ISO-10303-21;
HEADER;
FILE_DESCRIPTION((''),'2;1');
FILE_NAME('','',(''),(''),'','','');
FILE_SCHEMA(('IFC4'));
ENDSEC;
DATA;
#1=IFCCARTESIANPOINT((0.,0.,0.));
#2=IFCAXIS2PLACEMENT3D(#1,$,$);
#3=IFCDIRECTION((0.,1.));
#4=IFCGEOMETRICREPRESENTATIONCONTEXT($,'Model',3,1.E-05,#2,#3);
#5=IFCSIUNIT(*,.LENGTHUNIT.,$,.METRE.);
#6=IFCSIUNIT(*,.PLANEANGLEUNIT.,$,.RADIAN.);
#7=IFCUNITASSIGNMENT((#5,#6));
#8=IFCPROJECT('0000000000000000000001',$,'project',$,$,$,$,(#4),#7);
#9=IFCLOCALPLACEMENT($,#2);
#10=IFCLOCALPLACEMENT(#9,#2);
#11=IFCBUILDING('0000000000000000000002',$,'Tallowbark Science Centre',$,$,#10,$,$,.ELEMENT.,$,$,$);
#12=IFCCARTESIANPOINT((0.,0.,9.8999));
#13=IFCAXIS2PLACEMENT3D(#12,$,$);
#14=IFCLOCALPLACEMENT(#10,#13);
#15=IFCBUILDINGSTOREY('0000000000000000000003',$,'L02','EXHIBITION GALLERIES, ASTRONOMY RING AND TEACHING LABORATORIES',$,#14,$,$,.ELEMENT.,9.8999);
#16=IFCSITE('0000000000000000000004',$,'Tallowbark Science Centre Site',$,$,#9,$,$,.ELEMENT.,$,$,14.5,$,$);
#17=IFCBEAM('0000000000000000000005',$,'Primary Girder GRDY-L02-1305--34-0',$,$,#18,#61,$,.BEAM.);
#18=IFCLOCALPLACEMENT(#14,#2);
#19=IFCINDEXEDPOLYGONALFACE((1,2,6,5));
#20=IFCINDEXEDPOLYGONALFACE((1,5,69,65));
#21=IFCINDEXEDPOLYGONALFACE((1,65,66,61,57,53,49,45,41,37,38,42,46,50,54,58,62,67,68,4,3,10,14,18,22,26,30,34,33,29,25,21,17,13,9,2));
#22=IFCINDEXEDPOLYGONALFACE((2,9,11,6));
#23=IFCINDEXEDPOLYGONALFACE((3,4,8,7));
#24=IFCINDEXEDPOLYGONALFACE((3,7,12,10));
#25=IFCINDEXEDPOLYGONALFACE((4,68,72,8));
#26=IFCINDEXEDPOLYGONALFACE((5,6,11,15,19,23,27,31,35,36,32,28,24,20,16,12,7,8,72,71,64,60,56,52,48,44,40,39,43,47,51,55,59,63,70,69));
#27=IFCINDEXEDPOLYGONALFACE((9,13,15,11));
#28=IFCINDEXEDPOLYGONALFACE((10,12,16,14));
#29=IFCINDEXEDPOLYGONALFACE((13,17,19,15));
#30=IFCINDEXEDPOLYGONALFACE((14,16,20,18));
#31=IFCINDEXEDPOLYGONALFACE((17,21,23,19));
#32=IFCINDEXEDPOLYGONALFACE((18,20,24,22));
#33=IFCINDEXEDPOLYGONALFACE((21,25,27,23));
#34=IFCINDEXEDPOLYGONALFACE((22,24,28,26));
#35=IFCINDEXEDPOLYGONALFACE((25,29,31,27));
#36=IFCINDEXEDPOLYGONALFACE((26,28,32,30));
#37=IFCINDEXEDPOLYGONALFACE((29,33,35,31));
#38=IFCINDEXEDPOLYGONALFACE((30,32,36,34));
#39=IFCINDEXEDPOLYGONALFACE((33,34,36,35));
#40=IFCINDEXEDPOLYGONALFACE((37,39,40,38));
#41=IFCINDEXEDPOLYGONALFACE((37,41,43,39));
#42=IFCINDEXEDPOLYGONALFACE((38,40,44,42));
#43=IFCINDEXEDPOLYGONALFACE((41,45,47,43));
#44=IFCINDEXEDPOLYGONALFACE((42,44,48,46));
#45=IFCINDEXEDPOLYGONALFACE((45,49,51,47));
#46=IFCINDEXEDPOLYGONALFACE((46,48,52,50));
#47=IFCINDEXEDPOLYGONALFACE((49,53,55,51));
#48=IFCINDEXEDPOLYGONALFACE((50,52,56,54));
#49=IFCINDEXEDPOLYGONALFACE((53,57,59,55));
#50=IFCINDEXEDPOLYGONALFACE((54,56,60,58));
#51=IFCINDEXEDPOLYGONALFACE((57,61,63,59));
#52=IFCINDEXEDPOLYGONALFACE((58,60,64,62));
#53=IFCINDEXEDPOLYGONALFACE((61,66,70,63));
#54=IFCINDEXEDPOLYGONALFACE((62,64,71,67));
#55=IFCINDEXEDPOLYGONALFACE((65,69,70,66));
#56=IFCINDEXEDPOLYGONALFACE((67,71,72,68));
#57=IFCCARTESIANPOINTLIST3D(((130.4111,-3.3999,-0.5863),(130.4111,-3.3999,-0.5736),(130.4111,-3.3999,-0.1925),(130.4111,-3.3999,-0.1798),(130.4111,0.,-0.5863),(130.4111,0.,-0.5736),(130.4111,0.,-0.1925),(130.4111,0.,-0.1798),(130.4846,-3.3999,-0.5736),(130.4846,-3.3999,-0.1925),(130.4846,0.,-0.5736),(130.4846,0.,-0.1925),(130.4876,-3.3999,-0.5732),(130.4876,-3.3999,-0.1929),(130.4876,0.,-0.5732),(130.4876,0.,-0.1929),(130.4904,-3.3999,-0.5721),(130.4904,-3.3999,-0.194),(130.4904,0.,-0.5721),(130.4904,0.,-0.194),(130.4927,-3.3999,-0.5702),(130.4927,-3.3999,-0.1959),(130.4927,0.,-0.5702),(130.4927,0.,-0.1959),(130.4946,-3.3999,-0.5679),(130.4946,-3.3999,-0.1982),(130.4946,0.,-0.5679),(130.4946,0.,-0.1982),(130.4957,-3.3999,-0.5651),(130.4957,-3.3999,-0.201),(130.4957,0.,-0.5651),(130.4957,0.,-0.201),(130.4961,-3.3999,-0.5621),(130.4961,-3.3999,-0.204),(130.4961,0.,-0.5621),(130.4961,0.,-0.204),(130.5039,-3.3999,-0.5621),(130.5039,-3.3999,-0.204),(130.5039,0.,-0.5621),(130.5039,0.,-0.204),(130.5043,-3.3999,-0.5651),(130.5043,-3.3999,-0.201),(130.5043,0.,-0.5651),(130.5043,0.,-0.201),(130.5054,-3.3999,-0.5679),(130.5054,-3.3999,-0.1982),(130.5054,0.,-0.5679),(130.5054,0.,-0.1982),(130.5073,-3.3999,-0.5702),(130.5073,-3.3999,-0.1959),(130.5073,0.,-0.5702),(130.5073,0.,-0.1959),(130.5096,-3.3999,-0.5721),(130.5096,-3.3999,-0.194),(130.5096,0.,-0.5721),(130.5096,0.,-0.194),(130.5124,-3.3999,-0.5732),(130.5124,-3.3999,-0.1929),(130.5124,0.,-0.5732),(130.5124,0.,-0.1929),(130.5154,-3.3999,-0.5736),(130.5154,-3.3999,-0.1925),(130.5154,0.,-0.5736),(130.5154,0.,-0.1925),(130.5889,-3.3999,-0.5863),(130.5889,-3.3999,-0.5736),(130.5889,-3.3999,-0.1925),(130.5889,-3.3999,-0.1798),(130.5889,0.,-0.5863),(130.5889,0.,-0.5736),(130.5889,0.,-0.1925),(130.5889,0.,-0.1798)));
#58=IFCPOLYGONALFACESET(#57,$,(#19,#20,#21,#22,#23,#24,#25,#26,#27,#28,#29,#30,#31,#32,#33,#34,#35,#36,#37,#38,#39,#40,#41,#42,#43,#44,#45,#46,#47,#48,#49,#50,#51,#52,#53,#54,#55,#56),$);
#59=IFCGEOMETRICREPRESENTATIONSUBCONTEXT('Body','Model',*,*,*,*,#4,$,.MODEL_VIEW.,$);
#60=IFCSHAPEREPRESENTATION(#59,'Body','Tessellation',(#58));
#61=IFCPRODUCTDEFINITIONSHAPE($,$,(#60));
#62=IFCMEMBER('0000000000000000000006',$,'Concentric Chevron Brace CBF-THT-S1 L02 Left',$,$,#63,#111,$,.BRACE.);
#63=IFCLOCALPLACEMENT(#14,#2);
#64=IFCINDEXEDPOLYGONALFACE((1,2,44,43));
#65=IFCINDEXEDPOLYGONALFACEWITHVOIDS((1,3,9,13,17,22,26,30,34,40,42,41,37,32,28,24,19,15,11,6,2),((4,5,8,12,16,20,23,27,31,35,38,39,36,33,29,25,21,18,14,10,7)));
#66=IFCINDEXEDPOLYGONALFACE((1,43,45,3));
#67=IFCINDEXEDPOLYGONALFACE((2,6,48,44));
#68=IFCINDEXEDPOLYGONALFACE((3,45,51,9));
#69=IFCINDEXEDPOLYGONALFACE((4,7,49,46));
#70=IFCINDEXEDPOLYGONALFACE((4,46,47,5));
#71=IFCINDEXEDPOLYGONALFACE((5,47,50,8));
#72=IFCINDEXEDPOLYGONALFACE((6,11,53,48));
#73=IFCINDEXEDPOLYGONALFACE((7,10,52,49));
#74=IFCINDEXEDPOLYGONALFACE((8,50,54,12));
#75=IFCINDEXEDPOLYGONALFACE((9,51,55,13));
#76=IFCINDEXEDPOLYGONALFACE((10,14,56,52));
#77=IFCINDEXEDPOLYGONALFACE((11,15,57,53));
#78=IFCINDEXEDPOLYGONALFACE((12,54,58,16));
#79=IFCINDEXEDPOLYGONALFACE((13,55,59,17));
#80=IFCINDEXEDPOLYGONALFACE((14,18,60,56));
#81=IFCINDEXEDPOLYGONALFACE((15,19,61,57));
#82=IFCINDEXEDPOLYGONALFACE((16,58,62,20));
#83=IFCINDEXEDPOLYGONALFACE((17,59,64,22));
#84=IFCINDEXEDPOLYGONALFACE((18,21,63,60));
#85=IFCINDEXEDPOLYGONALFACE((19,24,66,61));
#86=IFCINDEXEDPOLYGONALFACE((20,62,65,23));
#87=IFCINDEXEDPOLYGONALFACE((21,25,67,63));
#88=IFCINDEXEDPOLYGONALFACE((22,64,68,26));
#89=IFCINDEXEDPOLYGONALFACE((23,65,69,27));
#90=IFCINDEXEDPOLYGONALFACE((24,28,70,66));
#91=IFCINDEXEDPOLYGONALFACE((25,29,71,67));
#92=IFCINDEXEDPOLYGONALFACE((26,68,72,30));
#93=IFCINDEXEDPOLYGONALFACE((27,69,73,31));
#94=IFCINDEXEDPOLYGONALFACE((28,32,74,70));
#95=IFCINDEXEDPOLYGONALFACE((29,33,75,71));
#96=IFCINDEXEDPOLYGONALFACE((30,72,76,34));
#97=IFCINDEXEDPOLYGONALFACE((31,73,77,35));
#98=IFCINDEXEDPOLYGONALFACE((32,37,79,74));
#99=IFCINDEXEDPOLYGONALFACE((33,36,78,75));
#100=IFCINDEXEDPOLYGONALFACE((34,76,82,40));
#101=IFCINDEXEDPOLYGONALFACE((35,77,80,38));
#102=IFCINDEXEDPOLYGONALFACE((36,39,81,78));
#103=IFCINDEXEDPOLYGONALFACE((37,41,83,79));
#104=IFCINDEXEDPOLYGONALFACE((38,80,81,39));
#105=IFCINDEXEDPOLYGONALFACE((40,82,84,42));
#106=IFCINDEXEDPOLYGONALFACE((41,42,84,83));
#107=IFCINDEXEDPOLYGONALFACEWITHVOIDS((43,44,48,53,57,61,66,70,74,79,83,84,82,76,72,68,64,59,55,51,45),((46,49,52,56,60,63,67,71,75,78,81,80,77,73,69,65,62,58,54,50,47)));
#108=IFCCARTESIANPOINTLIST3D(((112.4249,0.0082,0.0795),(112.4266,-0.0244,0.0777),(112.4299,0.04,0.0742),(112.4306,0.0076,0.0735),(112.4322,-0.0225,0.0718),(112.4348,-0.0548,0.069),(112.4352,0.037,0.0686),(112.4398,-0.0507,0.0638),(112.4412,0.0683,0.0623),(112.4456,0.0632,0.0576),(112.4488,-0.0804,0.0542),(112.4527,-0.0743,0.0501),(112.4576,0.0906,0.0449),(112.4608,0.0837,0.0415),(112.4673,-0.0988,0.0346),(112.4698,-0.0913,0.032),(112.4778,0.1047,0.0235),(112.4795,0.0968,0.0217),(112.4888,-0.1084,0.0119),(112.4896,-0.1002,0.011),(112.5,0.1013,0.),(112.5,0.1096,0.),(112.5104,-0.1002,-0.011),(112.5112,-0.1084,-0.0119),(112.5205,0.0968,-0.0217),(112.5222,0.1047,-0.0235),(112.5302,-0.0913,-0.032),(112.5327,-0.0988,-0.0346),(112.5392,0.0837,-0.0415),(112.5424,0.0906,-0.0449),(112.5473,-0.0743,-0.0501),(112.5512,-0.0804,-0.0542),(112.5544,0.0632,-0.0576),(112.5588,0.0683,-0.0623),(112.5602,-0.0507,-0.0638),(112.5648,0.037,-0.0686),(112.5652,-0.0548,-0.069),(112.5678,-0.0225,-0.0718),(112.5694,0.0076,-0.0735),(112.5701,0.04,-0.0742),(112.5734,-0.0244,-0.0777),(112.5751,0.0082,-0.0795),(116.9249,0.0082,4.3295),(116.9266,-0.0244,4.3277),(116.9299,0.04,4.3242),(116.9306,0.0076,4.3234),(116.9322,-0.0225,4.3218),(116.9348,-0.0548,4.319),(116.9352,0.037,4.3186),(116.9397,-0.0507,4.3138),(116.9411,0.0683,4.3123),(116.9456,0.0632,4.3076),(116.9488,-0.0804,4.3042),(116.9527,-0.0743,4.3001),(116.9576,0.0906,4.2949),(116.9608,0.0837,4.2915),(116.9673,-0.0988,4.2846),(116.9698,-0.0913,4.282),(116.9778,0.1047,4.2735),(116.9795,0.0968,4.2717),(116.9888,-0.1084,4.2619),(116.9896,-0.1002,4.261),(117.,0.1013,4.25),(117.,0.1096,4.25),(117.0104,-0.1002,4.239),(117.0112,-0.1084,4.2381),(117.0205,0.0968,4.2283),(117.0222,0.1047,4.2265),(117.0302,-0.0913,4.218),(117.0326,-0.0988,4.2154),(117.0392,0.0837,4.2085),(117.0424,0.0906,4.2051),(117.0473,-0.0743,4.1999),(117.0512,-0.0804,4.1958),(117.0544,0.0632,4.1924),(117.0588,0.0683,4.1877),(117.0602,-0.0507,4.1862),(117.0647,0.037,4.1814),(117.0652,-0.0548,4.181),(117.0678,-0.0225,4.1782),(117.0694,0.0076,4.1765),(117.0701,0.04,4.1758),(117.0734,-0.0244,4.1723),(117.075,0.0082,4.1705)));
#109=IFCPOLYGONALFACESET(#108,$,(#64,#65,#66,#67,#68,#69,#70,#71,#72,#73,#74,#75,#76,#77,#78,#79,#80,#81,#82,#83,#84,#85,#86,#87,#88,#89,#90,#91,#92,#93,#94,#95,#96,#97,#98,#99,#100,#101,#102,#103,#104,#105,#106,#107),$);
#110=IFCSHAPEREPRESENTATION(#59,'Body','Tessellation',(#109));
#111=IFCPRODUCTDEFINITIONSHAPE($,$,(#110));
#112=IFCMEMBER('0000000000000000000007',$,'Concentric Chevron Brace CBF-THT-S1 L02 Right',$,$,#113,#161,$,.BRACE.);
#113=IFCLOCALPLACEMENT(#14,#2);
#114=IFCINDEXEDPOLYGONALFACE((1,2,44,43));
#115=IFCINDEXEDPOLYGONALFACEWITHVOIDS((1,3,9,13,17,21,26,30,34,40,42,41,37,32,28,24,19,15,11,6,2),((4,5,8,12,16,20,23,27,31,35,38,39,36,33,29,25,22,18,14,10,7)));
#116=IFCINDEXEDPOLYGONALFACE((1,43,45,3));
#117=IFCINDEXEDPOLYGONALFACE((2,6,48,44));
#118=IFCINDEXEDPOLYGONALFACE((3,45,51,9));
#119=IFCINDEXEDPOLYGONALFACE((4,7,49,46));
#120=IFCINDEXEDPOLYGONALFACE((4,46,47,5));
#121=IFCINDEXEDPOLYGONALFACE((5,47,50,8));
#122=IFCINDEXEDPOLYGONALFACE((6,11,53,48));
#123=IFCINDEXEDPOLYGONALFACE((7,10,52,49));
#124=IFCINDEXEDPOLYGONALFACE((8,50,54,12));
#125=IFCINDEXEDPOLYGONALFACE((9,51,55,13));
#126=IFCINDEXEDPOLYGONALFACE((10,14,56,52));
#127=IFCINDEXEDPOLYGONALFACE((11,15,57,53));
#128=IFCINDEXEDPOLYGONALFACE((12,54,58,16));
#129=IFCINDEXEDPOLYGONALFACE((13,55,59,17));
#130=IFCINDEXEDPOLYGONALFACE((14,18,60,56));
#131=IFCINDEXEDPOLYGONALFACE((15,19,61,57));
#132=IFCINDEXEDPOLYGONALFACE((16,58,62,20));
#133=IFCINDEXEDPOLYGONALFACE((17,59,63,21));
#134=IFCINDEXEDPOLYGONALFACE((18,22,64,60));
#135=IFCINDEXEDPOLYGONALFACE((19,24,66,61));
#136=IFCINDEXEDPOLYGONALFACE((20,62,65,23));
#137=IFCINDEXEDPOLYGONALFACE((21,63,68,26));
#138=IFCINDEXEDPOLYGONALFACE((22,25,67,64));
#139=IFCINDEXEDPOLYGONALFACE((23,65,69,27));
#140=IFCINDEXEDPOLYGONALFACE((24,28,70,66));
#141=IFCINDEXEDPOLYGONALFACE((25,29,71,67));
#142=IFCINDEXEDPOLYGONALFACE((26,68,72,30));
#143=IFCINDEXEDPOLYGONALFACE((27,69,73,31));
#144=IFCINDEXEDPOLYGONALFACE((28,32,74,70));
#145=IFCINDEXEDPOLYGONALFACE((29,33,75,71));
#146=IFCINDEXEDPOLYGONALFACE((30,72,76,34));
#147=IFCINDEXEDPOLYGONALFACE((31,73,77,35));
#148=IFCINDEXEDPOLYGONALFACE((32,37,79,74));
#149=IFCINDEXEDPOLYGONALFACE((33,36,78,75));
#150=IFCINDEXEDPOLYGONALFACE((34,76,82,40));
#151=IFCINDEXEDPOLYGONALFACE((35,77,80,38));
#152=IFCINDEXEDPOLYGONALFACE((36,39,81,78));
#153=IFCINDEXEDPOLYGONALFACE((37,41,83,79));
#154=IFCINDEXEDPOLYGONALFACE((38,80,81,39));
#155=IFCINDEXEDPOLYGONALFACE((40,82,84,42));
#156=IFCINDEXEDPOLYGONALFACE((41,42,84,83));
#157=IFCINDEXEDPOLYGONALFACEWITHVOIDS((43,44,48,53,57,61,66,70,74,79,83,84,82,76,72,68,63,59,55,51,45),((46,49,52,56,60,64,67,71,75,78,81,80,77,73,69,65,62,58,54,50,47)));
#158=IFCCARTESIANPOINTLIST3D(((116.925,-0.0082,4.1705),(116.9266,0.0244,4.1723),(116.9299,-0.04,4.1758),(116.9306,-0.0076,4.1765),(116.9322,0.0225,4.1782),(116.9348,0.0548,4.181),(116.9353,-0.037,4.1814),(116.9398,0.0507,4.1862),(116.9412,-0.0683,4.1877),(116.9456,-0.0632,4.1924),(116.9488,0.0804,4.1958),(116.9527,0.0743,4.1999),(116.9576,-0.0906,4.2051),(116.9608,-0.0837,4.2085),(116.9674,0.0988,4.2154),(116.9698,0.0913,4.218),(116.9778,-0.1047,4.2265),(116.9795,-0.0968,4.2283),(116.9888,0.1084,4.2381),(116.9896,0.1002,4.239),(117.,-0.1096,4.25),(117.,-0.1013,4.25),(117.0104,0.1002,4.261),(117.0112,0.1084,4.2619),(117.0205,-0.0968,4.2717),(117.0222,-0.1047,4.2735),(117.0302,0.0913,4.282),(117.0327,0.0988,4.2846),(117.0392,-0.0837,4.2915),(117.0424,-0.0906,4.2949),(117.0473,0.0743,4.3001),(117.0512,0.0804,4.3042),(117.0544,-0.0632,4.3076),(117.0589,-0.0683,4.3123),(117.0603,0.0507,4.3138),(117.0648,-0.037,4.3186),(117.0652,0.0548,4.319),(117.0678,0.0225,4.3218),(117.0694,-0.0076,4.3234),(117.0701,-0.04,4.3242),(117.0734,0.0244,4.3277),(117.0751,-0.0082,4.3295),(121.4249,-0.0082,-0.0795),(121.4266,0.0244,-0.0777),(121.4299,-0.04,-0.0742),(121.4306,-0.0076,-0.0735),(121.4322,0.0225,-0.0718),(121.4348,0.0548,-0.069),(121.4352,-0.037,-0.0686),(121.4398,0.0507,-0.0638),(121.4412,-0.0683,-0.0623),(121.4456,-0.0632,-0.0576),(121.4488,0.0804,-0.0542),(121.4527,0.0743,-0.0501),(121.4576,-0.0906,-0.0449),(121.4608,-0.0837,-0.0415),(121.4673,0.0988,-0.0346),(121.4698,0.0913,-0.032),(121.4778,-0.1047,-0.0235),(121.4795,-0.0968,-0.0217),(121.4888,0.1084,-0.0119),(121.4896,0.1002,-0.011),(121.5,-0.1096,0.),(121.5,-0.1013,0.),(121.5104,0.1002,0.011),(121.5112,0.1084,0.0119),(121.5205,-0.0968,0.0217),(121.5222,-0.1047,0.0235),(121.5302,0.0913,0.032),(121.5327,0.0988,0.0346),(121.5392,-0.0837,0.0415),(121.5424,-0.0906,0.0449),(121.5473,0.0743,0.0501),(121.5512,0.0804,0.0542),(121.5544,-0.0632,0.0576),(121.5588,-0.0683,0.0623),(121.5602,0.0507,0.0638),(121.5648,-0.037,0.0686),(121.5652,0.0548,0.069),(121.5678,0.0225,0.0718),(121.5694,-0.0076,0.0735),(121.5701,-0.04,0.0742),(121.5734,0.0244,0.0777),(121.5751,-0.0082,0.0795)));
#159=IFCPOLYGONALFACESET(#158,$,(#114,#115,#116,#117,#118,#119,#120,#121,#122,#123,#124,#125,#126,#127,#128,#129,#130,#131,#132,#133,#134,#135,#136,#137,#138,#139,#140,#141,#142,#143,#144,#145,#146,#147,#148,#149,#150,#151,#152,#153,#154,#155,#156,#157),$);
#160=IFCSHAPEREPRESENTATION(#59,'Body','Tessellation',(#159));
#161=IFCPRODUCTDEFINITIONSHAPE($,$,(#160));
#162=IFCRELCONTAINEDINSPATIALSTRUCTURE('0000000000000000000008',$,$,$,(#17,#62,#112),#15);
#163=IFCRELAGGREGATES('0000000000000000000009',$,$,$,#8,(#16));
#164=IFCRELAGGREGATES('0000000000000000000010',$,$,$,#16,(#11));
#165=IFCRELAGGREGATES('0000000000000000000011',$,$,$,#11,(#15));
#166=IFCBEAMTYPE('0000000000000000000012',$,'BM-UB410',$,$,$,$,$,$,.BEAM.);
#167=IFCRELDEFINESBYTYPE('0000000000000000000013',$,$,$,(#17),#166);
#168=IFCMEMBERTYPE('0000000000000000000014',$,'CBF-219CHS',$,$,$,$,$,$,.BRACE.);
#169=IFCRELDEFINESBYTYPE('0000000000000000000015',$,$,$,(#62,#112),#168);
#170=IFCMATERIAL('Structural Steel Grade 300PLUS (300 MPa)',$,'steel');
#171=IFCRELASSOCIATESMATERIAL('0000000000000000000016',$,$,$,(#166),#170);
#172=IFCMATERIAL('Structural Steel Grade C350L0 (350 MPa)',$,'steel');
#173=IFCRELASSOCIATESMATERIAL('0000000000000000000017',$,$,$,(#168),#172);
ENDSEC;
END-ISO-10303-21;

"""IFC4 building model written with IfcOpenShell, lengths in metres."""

from ifc_helpers import new_model, si_unit, direction, frame, origin, origin_2d, place, context, subcontext, project, spatial, hollow_circle, i_section, extrude, material, material_profile, profile_set, type_object, element, save


model = new_model("IFC4")

# Units and contexts
model_context = context("Model", 3, precision=1e-05, world=origin(), true_north=direction((0.0, 1.0)))
body_context = subcontext(model_context, "Body", "Model", "MODEL_VIEW")
ifc_project = project(units=[si_unit("LENGTHUNIT", "METRE"), si_unit("PLANEANGLEUNIT", "RADIAN")], contexts=[model_context])

# Site, building, storey
site_placement = place(None, origin())
site = spatial("IfcSite", under=ifc_project, at=site_placement, Name="Tallowbark Science Centre Site", CompositionType="ELEMENT", RefElevation=14.5)
building_placement = place(site_placement, origin())
building = spatial("IfcBuilding", under=site, at=building_placement, Name="Tallowbark Science Centre", CompositionType="ELEMENT")
storey_placement = place(building_placement, frame((0.0, 0.0, 9.8999)))
storey = spatial("IfcBuildingStorey", under=building, at=storey_placement, Name="L02", Description="EXHIBITION GALLERIES, ASTRONOMY RING AND TEACHING LABORATORIES", CompositionType="ELEMENT", Elevation=9.8999)

# Shared definitions
ifc_material_1 = material(Name="Structural Steel Grade 300PLUS (300 MPa)", Category="steel")

# Beam
ifc_material_profile_1 = material_profile(ifc_material_1, i_section(OverallWidth=0.1777, OverallDepth=0.4065, WebThickness=0.0078, FlangeThickness=0.0127, FilletRadius=0.0115, at=origin_2d()), Name="410UB59.7")
ifc_profile_set_1 = profile_set([ifc_material_profile_1], Name="Structural Steel Grade 300PLUS (300 MPa)")
beam_type_1 = type_object("IfcBeamType", Name="BM-UB410", PredefinedType="BEAM", material=ifc_profile_set_1)
for number, where, z_axis, x_axis, name in (
    (1, (130.5, -3.3999, -0.3831), (0.0, 1.0, 0.0), (-1.0, 0.0, 0.0), "Primary Girder GRDY-L02-1305--34-0"),
):
    element("IfcBeam", number, at=place(storey_placement, frame(where, z_axis=z_axis, x_axis=x_axis)), inside=storey, type_object=beam_type_1, Name=name, PredefinedType="BEAM", context=body_context, shape_type="SweptSolid", body=[
        extrude(i_section(OverallWidth=0.1777, OverallDepth=0.4065, WebThickness=0.0078, FlangeThickness=0.0127, FilletRadius=0.0115, at=origin_2d()), origin(), (0.0, 0.0, 1.0), 3.3999),
    ])

# Members
ifc_material_2 = material(Name="Structural Steel Grade C350L0 (350 MPa)", Category="steel")
ifc_material_profile_2 = material_profile(ifc_material_2, hollow_circle(Radius=0.1096, WallThickness=0.0083, at=origin_2d()), Name="219.1x8.2CHS")
ifc_profile_set_2 = profile_set([ifc_material_profile_2], Name="Structural Steel Grade C350L0 (350 MPa)")
member_type_1 = type_object("IfcMemberType", Name="CBF-219CHS", PredefinedType="BRACE", material=ifc_profile_set_2)
for number, where, z_axis, x_axis, name in (
    (2, (112.5, 0.0, 0.0), (0.727013, 0.0, 0.686624), (0.0, 1.0, 0.0), "Concentric Chevron Brace CBF-THT-S1 L02 Left"),
    (3, (121.5, 0.0, 0.0), (-0.727013, 0.0, 0.686624), (0.0, -1.0, 0.0), "Concentric Chevron Brace CBF-THT-S1 L02 Right"),
):
    element("IfcMember", number, at=place(storey_placement, frame(where, z_axis=z_axis, x_axis=x_axis)), inside=storey, type_object=member_type_1, Name=name, PredefinedType="BRACE", context=body_context, shape_type="SweptSolid", body=[
        extrude(hollow_circle(Radius=0.1096, WallThickness=0.0083, at=origin_2d()), origin(), (0.0, 0.0, 1.0), 6.1897),
    ])

save(model, "model.ifc")
